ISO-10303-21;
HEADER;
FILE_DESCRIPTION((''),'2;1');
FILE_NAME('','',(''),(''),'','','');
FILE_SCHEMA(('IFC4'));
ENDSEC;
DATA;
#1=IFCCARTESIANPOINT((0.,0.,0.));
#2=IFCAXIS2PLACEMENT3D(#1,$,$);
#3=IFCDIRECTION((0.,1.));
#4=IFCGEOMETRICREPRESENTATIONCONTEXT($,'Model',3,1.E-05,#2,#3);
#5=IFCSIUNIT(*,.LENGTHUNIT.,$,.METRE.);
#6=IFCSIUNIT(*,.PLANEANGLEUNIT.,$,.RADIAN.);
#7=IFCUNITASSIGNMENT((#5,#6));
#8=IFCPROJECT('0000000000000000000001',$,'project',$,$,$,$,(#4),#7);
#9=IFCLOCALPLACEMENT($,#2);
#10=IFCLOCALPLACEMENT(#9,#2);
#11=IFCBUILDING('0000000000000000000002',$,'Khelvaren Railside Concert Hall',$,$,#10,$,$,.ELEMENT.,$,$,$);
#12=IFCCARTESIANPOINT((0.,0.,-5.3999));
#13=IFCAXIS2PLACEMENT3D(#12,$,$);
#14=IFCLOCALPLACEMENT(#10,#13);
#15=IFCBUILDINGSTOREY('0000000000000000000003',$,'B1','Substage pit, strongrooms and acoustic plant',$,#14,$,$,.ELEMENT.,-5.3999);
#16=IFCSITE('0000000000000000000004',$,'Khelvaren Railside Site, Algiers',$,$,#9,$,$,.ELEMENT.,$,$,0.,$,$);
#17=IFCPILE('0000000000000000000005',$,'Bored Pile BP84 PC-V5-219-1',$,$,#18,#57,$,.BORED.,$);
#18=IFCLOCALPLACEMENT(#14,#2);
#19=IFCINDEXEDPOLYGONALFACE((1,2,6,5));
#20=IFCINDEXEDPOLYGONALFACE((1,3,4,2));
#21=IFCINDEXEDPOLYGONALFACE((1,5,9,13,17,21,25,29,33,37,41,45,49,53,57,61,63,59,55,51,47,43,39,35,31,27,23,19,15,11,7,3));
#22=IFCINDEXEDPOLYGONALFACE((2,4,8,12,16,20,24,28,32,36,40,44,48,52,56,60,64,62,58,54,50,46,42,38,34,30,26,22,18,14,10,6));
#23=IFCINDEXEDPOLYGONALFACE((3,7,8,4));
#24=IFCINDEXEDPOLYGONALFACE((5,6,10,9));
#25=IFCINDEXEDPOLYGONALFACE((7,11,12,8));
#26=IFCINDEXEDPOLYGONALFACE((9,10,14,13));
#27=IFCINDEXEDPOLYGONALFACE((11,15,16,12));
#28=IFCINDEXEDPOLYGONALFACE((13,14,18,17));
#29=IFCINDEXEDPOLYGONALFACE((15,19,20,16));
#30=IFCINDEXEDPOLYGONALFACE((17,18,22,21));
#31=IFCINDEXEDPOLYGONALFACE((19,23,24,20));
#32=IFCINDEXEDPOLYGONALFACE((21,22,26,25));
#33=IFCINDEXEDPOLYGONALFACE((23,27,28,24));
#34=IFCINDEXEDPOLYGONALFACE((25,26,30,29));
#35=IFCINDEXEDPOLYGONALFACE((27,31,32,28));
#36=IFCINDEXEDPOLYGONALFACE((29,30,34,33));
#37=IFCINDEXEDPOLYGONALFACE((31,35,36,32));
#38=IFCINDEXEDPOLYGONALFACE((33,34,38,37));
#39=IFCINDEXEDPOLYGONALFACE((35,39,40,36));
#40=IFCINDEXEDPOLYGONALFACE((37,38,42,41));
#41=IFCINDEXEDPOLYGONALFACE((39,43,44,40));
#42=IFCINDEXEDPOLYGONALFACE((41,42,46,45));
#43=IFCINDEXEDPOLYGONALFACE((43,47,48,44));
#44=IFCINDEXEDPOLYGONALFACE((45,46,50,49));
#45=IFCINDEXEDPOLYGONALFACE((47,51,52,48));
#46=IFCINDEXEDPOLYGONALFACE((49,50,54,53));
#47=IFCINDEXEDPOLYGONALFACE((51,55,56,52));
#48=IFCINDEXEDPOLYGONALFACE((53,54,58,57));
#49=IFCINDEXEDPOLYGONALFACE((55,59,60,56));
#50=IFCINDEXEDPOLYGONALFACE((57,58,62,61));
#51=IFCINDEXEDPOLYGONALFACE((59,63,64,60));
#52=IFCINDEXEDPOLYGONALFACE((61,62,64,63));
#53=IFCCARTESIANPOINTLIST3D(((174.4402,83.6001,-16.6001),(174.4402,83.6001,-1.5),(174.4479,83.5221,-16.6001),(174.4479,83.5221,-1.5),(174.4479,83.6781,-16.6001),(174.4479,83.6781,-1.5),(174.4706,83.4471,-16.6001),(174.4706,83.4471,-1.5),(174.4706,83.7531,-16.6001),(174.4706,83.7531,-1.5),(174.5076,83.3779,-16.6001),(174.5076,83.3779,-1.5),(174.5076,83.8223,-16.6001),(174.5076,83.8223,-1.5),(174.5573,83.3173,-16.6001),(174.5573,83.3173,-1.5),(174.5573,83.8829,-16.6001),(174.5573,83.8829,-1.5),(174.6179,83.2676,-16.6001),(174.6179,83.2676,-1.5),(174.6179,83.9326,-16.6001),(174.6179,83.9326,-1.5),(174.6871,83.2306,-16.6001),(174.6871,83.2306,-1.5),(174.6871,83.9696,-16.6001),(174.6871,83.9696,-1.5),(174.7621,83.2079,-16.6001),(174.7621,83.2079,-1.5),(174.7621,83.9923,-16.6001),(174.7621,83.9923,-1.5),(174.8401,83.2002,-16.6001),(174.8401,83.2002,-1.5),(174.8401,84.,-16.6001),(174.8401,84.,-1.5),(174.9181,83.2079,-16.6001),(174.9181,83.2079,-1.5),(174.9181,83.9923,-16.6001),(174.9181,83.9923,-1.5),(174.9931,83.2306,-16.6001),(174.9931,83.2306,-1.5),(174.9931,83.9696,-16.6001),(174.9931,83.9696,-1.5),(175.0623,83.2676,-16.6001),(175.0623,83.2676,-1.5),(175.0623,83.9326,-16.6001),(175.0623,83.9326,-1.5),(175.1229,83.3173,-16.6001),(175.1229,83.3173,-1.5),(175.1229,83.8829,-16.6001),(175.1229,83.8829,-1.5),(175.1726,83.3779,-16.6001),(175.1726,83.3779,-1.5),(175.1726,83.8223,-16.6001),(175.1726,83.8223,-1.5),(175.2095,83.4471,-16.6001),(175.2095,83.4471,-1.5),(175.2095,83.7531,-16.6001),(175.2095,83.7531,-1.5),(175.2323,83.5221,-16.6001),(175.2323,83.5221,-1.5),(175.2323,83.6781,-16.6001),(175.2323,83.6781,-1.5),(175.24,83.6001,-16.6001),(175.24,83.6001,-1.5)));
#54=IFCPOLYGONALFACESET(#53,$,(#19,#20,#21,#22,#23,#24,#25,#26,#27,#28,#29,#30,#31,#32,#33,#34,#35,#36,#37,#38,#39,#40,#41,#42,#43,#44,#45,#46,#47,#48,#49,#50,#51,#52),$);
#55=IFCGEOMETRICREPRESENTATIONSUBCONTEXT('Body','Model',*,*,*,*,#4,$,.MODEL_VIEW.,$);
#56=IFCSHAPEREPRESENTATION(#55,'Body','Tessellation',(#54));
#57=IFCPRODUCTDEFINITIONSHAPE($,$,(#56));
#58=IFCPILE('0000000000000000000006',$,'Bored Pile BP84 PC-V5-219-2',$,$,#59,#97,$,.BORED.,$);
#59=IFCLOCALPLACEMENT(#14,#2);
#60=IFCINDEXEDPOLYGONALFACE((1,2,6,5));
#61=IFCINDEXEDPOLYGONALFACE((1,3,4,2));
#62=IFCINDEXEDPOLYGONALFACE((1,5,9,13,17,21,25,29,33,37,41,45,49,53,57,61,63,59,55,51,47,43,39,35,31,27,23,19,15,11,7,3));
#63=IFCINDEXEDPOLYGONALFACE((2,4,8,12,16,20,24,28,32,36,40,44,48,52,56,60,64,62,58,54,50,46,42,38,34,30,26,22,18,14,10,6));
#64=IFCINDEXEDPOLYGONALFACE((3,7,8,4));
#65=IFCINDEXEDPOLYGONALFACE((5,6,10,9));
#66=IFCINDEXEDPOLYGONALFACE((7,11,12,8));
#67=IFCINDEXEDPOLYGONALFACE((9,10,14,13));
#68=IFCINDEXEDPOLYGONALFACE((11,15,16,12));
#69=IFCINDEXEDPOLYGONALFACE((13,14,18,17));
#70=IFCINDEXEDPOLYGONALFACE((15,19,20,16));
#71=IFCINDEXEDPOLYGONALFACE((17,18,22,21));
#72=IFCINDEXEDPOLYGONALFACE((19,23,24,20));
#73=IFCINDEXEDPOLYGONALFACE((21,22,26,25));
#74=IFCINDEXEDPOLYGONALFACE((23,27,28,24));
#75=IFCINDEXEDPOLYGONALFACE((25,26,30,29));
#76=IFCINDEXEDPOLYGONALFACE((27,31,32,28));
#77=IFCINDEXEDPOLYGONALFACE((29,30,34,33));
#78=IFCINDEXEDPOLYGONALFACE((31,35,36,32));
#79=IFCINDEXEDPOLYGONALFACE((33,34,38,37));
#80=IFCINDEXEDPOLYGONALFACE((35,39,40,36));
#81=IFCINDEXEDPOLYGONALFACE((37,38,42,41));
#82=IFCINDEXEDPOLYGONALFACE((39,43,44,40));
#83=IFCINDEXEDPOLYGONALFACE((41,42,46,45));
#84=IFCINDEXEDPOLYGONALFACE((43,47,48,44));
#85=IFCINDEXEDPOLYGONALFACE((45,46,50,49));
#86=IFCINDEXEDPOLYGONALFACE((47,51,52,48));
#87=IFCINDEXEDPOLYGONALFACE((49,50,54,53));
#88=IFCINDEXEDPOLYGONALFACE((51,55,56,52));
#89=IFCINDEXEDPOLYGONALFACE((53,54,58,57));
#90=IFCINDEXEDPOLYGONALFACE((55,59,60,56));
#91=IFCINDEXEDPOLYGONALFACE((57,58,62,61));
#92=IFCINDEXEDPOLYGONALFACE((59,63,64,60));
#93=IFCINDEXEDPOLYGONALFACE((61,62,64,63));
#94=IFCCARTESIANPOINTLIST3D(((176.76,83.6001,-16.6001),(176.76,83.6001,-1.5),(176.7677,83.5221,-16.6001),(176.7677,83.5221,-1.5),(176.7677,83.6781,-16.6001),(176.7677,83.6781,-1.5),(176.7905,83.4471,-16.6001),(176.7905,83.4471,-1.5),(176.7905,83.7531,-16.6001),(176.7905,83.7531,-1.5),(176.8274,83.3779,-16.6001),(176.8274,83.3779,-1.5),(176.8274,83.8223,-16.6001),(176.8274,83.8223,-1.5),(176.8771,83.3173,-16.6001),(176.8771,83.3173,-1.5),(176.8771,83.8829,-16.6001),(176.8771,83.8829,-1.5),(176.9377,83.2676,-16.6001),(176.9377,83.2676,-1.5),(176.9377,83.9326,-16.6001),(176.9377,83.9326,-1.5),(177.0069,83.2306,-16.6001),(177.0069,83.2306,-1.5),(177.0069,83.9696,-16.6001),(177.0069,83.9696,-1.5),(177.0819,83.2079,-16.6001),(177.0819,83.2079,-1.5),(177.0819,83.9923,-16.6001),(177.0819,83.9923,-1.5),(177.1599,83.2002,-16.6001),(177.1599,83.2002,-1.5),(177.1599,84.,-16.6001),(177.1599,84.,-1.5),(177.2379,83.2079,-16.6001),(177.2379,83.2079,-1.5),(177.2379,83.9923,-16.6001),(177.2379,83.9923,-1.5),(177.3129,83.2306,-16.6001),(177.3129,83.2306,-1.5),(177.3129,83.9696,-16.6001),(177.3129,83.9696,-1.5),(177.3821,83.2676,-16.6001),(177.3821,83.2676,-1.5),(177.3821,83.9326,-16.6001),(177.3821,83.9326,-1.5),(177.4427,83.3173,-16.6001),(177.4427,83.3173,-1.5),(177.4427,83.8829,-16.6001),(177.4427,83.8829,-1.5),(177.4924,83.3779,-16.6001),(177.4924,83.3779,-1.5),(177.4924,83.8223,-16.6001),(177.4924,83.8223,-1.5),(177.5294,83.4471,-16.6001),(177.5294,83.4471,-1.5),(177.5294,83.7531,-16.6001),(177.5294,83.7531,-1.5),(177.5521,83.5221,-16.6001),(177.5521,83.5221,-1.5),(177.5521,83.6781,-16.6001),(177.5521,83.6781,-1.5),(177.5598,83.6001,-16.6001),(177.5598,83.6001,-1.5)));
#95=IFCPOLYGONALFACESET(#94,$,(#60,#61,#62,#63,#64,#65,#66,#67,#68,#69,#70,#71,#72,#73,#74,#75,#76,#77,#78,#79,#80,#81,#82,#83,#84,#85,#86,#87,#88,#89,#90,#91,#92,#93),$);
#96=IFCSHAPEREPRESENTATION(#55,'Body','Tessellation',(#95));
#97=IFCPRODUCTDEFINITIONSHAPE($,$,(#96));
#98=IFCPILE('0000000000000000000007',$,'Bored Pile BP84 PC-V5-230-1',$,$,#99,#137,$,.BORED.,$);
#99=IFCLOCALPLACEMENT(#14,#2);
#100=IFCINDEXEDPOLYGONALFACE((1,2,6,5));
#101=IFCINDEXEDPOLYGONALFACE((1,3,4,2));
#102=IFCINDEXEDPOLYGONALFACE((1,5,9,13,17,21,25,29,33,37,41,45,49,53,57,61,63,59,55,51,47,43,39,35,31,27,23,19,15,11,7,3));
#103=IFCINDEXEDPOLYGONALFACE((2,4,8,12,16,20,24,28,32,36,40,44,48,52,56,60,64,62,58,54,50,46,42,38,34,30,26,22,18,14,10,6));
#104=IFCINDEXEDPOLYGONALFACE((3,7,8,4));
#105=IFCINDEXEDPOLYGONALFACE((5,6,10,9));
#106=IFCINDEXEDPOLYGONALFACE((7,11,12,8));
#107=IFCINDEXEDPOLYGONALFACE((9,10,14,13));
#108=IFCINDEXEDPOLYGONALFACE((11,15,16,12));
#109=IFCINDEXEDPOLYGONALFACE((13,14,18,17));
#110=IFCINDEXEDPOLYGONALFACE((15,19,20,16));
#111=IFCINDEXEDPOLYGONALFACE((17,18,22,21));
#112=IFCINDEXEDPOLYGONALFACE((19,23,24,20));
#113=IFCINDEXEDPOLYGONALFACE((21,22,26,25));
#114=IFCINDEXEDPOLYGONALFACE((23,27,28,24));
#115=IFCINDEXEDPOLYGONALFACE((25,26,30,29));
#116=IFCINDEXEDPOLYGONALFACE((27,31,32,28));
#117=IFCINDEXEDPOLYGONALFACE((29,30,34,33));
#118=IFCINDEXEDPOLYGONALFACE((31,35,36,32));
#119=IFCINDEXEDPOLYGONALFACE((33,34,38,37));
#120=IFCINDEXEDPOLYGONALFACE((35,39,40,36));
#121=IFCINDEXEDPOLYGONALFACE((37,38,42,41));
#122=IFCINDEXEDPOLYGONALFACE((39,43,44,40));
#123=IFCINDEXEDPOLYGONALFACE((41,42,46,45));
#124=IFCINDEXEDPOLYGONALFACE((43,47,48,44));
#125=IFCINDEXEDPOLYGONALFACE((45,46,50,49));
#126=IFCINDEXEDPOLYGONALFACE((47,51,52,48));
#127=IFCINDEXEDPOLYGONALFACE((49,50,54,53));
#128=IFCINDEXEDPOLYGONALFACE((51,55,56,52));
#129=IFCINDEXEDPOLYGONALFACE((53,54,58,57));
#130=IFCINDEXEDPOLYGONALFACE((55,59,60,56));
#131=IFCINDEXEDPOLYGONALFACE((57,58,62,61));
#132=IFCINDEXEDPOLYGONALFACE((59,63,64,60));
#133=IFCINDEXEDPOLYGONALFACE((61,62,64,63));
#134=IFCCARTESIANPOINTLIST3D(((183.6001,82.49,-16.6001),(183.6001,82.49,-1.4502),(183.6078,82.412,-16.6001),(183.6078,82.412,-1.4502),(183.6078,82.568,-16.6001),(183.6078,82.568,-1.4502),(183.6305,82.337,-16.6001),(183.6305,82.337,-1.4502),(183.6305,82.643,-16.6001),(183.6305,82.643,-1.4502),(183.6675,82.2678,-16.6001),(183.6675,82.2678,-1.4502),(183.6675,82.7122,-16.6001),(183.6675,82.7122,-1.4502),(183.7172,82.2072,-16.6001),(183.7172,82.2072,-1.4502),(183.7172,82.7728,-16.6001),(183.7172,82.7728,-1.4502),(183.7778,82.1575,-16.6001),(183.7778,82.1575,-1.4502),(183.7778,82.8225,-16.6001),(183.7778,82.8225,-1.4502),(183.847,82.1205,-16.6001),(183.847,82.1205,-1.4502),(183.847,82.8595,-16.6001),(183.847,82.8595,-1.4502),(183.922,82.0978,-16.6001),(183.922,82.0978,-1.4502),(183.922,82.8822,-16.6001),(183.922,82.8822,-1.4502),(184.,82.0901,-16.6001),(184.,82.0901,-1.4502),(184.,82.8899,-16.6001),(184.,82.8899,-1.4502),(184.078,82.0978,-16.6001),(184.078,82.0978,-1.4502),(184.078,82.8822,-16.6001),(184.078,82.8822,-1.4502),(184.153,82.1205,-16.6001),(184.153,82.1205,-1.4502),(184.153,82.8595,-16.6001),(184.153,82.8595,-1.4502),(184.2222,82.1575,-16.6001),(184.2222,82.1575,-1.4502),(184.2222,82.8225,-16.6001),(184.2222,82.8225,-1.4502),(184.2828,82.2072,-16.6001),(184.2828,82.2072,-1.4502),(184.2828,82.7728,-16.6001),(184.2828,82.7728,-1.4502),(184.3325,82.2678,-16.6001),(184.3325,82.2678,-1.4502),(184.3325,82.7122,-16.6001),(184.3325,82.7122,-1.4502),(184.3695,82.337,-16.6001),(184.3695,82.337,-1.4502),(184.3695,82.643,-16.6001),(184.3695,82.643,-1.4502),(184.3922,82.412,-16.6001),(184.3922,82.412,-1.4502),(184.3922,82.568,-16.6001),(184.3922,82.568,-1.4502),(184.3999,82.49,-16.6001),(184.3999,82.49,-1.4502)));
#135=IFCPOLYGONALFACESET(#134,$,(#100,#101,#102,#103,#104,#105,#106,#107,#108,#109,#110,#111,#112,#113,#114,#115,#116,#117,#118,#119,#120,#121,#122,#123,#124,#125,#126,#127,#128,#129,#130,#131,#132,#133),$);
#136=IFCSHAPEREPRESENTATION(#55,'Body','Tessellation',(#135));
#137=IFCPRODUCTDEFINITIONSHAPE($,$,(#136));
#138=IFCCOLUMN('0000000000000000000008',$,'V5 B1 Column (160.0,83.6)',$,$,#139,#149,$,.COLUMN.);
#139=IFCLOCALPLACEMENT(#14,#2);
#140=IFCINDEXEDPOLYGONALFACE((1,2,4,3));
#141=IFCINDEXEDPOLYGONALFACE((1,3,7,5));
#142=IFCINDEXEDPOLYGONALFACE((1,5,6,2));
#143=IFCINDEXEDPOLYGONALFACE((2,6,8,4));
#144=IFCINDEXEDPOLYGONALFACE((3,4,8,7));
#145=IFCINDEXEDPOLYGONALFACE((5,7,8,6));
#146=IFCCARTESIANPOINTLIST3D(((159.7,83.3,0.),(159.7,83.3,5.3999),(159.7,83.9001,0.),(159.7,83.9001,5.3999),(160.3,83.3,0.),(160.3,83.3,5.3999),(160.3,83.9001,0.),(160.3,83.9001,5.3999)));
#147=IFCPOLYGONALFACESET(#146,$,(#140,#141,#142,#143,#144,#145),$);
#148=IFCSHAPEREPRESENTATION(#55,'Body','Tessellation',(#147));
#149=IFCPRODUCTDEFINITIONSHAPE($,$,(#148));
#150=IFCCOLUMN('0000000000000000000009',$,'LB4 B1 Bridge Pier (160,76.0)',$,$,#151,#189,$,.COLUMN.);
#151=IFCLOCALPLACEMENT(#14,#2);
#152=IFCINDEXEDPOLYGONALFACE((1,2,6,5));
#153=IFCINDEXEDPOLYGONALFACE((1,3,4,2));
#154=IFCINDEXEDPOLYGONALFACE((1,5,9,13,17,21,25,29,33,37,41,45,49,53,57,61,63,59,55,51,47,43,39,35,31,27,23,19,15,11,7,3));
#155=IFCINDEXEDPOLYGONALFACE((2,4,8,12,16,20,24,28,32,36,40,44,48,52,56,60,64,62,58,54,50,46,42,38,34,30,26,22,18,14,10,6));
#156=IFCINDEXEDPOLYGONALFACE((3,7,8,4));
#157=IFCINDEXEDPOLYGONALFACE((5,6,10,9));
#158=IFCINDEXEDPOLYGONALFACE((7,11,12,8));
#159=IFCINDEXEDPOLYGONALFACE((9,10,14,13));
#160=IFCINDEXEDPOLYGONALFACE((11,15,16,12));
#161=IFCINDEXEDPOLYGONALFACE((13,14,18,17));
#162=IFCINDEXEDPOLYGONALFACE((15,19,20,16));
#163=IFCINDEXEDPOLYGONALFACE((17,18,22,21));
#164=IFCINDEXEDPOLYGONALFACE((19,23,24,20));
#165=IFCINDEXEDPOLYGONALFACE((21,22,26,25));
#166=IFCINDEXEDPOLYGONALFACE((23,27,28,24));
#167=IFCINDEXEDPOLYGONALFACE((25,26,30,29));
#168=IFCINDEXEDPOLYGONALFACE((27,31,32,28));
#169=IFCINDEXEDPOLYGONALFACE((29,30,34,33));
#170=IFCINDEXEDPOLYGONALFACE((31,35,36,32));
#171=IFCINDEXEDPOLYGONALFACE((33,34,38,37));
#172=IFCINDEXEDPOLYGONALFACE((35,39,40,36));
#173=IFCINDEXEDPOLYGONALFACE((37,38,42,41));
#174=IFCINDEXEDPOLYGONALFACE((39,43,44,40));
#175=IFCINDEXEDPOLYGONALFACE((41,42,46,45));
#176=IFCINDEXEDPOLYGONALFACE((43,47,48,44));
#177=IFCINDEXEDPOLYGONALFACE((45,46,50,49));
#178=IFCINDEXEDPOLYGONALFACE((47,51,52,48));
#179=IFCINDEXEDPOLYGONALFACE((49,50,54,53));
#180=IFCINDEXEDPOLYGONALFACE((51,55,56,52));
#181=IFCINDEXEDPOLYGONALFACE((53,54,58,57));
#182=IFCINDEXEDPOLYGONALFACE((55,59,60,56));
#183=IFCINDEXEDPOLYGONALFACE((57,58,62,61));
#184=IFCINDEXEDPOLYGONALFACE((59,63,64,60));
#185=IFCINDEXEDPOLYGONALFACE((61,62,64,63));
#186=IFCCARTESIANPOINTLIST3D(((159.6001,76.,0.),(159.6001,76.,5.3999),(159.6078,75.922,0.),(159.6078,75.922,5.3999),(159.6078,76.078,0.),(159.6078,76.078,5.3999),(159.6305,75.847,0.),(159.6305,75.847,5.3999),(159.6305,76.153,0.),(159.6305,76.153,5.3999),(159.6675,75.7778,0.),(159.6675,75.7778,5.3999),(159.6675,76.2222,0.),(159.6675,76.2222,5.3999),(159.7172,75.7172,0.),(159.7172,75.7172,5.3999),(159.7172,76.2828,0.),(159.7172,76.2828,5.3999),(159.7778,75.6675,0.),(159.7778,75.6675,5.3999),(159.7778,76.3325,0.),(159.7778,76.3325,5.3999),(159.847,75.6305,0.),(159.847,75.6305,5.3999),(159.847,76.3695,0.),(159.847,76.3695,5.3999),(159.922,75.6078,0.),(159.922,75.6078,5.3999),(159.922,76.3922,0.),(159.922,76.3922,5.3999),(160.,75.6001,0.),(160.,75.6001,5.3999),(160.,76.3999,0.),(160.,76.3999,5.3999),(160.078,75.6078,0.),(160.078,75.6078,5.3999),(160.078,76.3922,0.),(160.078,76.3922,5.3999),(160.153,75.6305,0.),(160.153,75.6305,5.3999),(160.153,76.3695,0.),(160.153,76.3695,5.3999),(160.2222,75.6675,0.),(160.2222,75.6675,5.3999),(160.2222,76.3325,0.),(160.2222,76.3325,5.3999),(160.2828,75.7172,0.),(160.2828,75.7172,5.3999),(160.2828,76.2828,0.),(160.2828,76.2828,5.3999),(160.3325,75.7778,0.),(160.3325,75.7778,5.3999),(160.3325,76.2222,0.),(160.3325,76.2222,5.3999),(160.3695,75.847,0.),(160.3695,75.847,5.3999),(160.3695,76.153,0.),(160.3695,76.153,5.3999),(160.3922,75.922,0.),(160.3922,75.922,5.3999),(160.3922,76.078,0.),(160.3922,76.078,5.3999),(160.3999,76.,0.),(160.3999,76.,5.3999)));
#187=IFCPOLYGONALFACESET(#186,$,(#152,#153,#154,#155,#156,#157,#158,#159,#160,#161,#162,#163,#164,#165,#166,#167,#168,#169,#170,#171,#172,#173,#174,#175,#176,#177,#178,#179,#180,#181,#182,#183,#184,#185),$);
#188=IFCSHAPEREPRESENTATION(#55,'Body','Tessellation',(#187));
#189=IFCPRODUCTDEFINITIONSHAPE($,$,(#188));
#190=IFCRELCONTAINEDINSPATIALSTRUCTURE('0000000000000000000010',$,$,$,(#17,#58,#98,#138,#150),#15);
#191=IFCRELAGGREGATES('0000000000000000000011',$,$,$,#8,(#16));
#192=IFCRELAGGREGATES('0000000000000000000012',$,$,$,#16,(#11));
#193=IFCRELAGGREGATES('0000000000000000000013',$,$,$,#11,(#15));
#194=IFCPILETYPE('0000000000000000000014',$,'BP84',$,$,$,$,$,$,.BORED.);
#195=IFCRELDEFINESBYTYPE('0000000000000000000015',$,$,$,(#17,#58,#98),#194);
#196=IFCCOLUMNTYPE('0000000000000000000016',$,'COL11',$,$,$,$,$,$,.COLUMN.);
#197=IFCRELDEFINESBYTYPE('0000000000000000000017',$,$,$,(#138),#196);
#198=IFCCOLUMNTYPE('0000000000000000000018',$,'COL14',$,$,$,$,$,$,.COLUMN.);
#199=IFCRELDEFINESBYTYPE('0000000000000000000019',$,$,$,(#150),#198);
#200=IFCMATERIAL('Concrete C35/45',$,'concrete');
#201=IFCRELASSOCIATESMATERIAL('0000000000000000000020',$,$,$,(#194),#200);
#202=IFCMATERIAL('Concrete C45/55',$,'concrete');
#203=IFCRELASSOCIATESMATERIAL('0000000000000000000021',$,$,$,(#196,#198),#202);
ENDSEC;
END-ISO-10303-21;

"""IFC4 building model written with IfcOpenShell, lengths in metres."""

from ifc_helpers import new_model, si_unit, direction, frame, origin, origin_2d, place, context, subcontext, project, spatial, rectangle, circle, extrude, material, material_profile, profile_set, type_object, element, save


model = new_model("IFC4")

# Units and contexts
model_context = context("Model", 3, precision=1e-05, world=origin(), true_north=direction((0.0, 1.0)))
body_context = subcontext(model_context, "Body", "Model", "MODEL_VIEW")
ifc_project = project(units=[si_unit("LENGTHUNIT", "METRE"), si_unit("PLANEANGLEUNIT", "RADIAN")], contexts=[model_context])

# Site, building, storey
site_placement = place(None, origin())
site = spatial("IfcSite", under=ifc_project, at=site_placement, Name="Khelvaren Railside Site, Algiers", CompositionType="ELEMENT", RefElevation=0.0)
building_placement = place(site_placement, origin())
building = spatial("IfcBuilding", under=site, at=building_placement, Name="Khelvaren Railside Concert Hall", CompositionType="ELEMENT")
storey_placement = place(building_placement, frame((0.0, 0.0, -5.3999)))
storey = spatial("IfcBuildingStorey", under=building, at=storey_placement, Name="B1", Description="Substage pit, strongrooms and acoustic plant", CompositionType="ELEMENT", Elevation=-5.3999)

# Piles
ifc_material_1 = material(Name="Concrete C35/45", Category="concrete")
ifc_material_profile_1 = material_profile(ifc_material_1, circle(Radius=0.3999, at=origin_2d()), Name="BP D800")
ifc_profile_set_1 = profile_set([ifc_material_profile_1], Name="Concrete C35/45")
pile_type_1 = type_object("IfcPileType", Name="BP84", PredefinedType="BORED", material=ifc_profile_set_1)
for number, where, z_axis, x_axis, name in (
    (1, (174.8401, 83.6001, -1.5), (0.0, 0.0, -1.0), (1.0, 0.0, 0.0), "Bored Pile BP84 PC-V5-219-1"),
    (2, (177.1599, 83.6001, -1.5), (0.0, 0.0, -1.0), (1.0, 0.0, 0.0), "Bored Pile BP84 PC-V5-219-2"),
):
    element("IfcPile", number, at=place(storey_placement, frame(where, z_axis=z_axis, x_axis=x_axis)), inside=storey, type_object=pile_type_1, Name=name, PredefinedType="BORED", context=body_context, shape_type="SweptSolid", body=[
        extrude(circle(Radius=0.3999, at=origin_2d()), origin(), (0.0, 0.0, 1.0), 15.1001),
    ])
pile_1_placement = place(storey_placement, frame((184.0, 82.49, -1.4502), z_axis=(0.0, 0.0, -1.0), x_axis=(1.0, 0.0, 0.0)))
element("IfcPile", 3, at=pile_1_placement, inside=storey, type_object=pile_type_1, Name="Bored Pile BP84 PC-V5-230-1", PredefinedType="BORED", context=body_context, shape_type="SweptSolid", body=[
    extrude(circle(Radius=0.3999, at=origin_2d()), origin(), (0.0, 0.0, 1.0), 15.1499),
])

# Columns
ifc_material_2 = material(Name="Concrete C45/55", Category="concrete")
ifc_material_profile_2 = material_profile(ifc_material_2, rectangle(XDim=0.6001, YDim=0.6001, at=origin_2d()), Name="RC 600x600")
ifc_profile_set_2 = profile_set([ifc_material_profile_2], Name="Concrete C45/55")
column_type_1 = type_object("IfcColumnType", Name="COL11", PredefinedType="COLUMN", material=ifc_profile_set_2)
column_1_placement = place(storey_placement, frame((160.0, 83.6001, 0.0), z_axis=(0.0, 0.0, 1.0), x_axis=(1.0, 0.0, 0.0)))
element("IfcColumn", 4, at=column_1_placement, inside=storey, type_object=column_type_1, Name="V5 B1 Column (160.0,83.6)", PredefinedType="COLUMN", context=body_context, shape_type="SweptSolid", body=[
    extrude(rectangle(XDim=0.6001, YDim=0.6001, at=origin_2d()), origin(), (0.0, 0.0, 1.0), 5.3999),
])
ifc_material_profile_3 = material_profile(ifc_material_2, circle(Radius=0.3999, at=origin_2d()), Name="RC D800")
ifc_profile_set_3 = profile_set([ifc_material_profile_3], Name="Concrete C45/55")
column_type_2 = type_object("IfcColumnType", Name="COL14", PredefinedType="COLUMN", material=ifc_profile_set_3)
for number, where, z_axis, x_axis, name in (
    (5, (160.0, 76.0, 0.0), (0.0, 0.0, 1.0), (1.0, 0.0, 0.0), "LB4 B1 Bridge Pier (160,76.0)"),
):
    element("IfcColumn", number, at=place(storey_placement, frame(where, z_axis=z_axis, x_axis=x_axis)), inside=storey, type_object=column_type_2, Name=name, PredefinedType="COLUMN", context=body_context, shape_type="SweptSolid", body=[
        extrude(circle(Radius=0.3999, at=origin_2d()), origin(), (0.0, 0.0, 1.0), 5.3999),
    ])

save(model, "model.ifc")
